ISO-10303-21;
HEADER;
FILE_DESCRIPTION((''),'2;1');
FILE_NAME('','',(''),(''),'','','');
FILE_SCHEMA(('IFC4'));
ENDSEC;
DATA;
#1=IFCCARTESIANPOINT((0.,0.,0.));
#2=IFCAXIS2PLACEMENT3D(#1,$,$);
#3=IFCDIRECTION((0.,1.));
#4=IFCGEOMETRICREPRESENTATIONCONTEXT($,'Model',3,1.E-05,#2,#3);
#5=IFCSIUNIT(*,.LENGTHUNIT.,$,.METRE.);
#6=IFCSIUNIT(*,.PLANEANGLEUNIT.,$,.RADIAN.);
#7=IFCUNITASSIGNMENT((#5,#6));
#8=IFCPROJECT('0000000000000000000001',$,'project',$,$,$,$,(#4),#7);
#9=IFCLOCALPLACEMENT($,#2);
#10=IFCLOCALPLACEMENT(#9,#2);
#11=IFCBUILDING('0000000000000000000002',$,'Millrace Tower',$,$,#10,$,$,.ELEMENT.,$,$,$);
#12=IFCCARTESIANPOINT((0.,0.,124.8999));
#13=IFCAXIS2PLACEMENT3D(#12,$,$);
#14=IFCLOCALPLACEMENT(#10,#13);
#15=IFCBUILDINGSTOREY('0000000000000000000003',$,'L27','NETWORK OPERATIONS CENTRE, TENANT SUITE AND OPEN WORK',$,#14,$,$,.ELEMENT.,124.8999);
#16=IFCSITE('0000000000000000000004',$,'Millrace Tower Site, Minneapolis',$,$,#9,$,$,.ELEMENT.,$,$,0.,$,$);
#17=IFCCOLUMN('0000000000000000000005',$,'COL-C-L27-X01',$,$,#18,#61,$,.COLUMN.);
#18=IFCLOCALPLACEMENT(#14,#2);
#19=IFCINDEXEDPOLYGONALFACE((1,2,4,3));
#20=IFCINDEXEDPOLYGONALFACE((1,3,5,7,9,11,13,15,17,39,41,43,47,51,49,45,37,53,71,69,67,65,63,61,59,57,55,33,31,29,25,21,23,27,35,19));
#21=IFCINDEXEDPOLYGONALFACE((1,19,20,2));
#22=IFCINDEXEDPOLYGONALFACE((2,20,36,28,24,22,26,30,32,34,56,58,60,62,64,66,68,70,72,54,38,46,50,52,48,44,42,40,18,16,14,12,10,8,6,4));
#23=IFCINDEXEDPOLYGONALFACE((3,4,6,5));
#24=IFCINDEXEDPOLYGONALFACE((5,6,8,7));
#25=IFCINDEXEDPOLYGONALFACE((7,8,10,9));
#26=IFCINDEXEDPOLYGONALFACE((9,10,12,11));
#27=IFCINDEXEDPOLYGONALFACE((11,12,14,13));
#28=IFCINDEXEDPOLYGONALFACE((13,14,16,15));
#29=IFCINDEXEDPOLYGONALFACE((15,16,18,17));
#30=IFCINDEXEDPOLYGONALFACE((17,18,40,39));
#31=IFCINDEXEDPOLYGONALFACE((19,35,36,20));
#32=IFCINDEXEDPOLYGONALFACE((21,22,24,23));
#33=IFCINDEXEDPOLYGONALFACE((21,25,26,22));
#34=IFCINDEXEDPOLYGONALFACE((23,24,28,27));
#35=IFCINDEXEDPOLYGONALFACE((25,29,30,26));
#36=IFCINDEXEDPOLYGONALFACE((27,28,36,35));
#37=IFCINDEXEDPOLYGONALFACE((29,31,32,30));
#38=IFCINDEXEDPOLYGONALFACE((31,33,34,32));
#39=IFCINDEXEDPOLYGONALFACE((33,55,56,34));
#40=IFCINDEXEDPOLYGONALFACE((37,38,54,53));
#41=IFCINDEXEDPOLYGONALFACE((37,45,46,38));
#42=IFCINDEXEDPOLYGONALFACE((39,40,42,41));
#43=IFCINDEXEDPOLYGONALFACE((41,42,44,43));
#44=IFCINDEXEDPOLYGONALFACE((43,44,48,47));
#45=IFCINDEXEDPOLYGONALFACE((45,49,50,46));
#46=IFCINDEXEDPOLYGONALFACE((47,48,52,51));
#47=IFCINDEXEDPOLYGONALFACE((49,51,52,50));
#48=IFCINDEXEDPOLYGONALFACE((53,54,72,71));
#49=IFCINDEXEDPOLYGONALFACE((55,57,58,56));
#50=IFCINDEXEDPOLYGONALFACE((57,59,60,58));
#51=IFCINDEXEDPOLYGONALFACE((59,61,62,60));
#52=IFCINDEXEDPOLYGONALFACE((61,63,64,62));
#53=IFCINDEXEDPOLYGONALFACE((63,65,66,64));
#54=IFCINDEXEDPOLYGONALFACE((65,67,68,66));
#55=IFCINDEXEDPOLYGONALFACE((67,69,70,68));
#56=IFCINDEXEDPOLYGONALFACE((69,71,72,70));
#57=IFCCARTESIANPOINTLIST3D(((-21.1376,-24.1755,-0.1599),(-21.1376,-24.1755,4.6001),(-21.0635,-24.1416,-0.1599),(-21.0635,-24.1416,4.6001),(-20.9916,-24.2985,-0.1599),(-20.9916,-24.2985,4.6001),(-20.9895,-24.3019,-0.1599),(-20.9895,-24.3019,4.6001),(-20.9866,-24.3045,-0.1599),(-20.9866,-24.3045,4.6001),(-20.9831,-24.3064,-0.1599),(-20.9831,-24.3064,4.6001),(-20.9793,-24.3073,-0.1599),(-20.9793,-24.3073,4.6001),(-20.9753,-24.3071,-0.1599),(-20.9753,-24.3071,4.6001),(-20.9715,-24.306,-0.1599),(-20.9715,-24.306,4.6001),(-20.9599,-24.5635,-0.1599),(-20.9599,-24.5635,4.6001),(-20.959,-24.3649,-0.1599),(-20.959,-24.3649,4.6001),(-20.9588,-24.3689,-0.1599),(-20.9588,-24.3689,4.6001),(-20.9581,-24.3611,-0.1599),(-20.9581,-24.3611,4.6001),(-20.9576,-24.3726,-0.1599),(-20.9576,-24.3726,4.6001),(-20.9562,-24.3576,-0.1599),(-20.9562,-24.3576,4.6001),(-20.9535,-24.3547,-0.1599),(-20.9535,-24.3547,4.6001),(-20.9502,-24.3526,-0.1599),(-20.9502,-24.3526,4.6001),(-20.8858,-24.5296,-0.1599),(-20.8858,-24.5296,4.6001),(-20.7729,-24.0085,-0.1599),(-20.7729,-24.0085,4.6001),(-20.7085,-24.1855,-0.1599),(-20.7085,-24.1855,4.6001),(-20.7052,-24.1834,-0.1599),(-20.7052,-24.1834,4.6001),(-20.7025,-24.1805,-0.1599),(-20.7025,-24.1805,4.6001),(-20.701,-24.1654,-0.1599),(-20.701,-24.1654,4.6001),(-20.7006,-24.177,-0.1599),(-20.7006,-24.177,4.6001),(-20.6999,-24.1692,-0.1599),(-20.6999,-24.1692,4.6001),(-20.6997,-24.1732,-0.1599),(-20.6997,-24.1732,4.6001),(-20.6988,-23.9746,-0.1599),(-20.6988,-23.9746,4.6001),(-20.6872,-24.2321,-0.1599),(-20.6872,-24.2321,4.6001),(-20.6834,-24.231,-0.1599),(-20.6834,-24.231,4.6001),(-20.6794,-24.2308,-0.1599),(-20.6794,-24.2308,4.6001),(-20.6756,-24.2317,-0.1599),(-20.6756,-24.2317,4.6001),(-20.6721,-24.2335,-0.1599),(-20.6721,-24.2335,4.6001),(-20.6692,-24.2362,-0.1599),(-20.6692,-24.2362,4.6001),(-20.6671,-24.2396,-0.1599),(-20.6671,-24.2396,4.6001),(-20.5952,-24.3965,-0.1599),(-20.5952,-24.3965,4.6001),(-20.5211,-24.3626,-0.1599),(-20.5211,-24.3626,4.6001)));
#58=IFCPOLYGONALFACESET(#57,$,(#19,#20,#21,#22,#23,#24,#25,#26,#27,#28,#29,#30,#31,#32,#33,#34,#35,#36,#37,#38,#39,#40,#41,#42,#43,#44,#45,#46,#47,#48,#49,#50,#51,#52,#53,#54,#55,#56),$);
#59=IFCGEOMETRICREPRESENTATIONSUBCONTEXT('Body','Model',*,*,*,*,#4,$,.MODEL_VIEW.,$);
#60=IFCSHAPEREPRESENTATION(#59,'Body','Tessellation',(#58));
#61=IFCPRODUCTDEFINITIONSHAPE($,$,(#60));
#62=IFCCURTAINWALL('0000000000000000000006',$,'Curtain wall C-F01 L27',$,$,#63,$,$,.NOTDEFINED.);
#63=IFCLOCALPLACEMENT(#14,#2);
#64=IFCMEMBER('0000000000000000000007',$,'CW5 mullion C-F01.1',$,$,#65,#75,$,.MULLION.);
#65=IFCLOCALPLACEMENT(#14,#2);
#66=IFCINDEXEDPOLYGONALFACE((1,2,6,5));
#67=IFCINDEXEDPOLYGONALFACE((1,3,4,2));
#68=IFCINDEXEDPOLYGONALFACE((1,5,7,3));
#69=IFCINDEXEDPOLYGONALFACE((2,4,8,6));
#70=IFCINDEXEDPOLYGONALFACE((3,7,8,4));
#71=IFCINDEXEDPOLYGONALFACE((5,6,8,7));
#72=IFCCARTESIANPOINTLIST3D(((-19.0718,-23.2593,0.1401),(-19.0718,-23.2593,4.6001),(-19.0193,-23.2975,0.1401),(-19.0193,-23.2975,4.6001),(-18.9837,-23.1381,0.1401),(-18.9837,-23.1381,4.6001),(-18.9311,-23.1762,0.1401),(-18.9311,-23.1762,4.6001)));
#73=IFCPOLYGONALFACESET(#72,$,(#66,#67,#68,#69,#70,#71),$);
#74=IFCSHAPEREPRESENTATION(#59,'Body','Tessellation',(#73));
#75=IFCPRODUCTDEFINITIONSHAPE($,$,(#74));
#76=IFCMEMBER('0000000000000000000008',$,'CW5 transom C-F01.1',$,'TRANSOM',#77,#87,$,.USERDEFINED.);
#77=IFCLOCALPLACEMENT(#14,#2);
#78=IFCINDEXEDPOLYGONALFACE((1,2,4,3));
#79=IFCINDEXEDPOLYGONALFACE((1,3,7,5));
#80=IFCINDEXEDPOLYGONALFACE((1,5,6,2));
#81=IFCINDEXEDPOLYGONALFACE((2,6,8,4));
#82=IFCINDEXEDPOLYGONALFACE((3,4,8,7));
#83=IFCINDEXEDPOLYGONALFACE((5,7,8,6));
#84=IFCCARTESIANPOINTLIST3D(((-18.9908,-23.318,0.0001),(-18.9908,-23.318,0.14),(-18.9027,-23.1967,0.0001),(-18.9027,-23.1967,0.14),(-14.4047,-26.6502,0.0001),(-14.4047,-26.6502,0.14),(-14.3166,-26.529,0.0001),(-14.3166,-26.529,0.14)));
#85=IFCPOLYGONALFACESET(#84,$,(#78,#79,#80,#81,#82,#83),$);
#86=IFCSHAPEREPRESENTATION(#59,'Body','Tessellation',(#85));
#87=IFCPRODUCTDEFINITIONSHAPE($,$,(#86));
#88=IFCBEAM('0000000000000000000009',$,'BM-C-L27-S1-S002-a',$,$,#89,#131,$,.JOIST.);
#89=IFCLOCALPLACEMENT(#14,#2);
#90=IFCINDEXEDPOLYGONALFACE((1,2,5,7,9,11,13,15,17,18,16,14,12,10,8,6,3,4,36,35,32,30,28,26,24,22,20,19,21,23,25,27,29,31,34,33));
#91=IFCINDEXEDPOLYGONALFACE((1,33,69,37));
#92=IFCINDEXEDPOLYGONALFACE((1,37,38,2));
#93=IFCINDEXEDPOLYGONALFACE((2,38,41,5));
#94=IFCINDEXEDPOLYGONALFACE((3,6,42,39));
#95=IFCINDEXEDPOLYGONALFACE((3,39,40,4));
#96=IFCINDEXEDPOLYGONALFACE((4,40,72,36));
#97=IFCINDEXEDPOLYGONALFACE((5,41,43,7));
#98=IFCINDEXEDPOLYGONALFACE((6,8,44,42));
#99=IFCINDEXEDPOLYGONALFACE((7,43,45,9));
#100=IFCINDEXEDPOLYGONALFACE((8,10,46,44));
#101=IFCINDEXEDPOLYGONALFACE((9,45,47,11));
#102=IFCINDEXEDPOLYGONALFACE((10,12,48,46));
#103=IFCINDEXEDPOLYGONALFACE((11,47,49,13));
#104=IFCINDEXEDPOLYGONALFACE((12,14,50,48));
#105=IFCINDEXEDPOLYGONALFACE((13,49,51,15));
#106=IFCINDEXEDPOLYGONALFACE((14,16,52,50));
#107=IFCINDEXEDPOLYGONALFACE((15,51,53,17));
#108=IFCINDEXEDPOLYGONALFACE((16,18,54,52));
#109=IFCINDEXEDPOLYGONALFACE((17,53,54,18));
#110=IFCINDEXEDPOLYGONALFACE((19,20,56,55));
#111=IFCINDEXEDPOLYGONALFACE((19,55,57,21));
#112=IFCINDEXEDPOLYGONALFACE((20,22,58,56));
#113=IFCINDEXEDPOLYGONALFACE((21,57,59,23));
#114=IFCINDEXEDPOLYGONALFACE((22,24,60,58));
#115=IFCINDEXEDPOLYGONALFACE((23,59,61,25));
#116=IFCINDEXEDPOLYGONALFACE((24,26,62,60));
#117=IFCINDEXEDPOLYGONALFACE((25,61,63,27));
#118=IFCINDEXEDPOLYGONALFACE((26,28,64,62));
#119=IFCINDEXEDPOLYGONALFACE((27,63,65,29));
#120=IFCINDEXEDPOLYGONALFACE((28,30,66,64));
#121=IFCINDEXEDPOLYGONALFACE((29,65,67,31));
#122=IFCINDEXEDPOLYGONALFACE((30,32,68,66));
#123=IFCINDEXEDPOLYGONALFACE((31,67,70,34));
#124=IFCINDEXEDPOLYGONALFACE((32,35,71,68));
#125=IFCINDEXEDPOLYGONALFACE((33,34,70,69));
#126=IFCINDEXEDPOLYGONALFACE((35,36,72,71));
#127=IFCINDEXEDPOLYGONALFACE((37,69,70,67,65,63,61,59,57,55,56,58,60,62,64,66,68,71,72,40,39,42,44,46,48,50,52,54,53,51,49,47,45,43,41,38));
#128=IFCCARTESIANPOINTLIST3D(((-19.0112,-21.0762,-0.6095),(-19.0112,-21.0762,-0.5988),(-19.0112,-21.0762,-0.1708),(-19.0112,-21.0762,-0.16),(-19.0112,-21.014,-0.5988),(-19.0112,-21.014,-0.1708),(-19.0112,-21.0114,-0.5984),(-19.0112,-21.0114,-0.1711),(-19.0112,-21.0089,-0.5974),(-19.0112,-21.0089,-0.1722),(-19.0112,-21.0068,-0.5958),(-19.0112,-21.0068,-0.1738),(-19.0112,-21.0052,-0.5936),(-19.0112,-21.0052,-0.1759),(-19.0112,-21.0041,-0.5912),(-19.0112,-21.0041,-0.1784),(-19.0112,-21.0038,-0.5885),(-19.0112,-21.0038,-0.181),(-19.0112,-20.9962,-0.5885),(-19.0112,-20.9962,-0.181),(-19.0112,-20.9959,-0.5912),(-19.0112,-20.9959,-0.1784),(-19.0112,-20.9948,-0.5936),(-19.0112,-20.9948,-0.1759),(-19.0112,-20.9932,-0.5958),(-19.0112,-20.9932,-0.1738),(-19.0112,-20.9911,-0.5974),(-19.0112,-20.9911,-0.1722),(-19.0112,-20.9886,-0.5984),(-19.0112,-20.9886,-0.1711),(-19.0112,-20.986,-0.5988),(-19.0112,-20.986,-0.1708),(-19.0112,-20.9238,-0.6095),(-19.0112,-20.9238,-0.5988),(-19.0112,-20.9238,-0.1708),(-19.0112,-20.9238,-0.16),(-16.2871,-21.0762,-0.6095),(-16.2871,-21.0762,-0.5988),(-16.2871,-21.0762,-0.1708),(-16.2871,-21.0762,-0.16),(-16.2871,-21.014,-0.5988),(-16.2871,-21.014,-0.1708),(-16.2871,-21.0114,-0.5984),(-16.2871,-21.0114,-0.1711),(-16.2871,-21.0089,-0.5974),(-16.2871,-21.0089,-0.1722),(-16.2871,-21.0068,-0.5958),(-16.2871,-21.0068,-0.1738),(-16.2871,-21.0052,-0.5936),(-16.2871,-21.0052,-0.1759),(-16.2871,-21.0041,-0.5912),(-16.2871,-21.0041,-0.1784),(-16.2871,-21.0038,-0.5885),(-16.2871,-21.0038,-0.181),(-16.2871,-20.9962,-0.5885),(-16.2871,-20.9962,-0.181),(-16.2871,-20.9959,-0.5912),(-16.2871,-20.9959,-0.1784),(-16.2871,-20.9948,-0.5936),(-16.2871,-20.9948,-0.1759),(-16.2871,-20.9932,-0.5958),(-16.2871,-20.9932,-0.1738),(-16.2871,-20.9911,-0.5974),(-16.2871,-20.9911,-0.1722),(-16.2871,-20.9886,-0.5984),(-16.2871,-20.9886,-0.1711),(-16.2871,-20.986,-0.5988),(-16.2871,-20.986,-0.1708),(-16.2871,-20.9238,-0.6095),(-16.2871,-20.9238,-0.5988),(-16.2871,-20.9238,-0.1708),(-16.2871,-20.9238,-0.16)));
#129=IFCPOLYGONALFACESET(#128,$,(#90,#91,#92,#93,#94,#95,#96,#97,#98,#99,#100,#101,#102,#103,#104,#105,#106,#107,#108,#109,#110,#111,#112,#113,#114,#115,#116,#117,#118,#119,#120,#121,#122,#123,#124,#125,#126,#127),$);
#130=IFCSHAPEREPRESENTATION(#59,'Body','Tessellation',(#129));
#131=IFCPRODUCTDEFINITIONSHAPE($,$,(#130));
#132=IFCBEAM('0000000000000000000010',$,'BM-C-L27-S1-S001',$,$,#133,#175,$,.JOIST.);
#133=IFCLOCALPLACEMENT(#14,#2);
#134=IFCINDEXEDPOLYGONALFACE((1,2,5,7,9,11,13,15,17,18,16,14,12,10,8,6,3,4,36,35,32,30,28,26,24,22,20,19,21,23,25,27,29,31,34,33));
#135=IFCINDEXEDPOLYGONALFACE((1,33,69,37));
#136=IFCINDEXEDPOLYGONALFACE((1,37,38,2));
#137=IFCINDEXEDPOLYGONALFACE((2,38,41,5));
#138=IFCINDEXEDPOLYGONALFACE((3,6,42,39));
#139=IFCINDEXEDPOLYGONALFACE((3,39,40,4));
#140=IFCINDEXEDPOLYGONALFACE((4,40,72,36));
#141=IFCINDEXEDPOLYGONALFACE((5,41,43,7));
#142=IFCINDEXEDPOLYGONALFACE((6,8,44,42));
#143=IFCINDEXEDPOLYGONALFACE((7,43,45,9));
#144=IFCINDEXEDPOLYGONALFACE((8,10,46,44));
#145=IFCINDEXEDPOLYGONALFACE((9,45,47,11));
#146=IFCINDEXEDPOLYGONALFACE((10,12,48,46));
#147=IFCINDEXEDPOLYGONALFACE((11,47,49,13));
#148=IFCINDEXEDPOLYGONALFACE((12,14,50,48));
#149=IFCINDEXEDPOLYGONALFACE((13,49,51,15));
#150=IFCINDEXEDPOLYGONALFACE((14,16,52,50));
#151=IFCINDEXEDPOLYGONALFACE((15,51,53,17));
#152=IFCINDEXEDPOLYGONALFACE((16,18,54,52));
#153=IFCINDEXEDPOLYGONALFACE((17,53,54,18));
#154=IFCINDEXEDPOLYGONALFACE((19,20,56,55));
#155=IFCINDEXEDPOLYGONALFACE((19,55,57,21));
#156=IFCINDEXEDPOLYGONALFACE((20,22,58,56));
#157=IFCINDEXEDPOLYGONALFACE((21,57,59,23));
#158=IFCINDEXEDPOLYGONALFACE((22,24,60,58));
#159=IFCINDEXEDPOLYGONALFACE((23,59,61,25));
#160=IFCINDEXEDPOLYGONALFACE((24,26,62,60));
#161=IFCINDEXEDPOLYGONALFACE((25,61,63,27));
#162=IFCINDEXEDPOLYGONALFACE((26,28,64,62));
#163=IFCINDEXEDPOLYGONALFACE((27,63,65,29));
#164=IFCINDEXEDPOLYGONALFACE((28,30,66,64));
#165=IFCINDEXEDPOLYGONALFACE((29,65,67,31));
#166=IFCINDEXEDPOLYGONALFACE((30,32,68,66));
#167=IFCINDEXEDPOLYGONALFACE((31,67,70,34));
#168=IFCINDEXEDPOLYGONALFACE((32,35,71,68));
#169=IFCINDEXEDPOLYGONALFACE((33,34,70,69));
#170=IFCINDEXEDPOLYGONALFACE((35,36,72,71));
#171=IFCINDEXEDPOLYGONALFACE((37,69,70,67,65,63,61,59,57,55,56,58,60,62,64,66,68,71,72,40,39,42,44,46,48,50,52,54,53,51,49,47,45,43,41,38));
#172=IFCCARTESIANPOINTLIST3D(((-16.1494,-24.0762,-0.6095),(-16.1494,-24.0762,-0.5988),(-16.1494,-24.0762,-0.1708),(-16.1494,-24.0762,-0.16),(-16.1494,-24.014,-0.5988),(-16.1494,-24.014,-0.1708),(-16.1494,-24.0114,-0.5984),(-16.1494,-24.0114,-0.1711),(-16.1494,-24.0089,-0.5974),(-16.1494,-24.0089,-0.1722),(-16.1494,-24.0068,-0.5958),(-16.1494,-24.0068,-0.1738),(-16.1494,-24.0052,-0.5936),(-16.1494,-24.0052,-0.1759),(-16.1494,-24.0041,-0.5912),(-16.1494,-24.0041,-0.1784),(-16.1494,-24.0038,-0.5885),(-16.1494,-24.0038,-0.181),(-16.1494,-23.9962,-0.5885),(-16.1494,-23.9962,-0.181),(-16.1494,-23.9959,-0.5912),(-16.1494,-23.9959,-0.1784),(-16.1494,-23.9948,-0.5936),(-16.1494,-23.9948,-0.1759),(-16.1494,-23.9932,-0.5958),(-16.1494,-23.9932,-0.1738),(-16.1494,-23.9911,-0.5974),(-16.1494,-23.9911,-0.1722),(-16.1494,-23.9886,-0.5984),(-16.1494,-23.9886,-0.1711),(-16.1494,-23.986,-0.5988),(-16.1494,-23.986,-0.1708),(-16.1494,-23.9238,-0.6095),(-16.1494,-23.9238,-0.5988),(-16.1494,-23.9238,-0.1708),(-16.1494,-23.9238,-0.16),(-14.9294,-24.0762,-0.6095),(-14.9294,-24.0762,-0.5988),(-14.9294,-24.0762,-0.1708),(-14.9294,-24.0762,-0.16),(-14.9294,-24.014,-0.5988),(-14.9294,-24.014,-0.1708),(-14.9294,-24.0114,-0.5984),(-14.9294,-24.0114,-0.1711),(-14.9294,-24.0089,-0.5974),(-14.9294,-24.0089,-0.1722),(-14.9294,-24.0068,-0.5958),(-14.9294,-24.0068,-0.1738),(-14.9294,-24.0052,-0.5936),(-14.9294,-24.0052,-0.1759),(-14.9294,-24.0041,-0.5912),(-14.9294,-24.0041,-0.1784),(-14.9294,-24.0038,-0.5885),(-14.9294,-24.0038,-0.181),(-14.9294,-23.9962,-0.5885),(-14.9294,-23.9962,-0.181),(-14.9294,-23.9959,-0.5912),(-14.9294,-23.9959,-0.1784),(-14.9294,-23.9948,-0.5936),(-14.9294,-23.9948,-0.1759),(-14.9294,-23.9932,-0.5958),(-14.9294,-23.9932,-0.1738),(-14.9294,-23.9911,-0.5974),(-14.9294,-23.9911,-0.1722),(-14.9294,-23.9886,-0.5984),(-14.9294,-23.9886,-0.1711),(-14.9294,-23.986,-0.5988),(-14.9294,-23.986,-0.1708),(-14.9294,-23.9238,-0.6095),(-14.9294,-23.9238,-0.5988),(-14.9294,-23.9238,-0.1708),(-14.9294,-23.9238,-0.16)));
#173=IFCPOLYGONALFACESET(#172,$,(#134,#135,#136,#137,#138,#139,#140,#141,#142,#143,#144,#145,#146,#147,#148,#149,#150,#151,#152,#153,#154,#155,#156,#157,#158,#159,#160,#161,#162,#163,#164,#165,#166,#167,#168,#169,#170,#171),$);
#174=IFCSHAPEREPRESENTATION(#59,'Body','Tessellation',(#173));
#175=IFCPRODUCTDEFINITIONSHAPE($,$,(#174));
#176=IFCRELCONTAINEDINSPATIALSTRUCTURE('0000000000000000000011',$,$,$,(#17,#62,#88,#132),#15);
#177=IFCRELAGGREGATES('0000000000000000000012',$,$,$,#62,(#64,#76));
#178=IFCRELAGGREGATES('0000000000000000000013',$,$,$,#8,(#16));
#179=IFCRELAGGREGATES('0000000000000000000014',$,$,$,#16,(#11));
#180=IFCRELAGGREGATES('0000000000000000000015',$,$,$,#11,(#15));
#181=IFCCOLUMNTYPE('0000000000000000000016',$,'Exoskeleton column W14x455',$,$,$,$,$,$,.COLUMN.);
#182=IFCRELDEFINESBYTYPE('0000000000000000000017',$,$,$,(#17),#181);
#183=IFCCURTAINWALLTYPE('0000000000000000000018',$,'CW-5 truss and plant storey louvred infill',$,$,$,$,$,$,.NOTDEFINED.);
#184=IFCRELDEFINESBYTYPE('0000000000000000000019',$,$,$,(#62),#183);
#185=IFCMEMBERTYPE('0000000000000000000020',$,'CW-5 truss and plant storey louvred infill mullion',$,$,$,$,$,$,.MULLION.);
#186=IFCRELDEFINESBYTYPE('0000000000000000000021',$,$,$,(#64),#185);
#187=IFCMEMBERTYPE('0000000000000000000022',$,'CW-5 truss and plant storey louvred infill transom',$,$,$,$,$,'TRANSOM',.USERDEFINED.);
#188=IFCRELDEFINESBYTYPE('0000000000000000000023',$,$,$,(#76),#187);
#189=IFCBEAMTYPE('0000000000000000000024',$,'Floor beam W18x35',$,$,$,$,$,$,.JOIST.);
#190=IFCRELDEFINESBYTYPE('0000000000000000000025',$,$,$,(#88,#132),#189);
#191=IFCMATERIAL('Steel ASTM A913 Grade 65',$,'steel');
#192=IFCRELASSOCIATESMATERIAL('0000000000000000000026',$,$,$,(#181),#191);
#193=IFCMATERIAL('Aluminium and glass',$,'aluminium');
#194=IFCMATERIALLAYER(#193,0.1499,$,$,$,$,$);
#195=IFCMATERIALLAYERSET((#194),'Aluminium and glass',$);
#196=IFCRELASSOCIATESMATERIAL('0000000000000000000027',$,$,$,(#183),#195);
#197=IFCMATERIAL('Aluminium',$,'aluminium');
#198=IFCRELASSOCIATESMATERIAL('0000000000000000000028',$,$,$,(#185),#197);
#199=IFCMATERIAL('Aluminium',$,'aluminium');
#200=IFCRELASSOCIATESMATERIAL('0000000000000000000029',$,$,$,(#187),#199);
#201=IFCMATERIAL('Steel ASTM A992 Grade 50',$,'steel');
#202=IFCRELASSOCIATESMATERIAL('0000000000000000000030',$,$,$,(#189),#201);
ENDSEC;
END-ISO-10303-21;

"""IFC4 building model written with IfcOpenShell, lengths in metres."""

from ifc_helpers import new_model, si_unit, direction, frame, origin, origin_2d, place, context, subcontext, project, spatial, rectangle, i_section, extrude, material, layer, layer_set, material_profile, profile_set, type_object, element, aggregate, save


model = new_model("IFC4")

# Units and contexts
model_context = context("Model", 3, precision=1e-05, world=origin(), true_north=direction((0.0, 1.0)))
body_context = subcontext(model_context, "Body", "Model", "MODEL_VIEW")
ifc_project = project(units=[si_unit("LENGTHUNIT", "METRE"), si_unit("PLANEANGLEUNIT", "RADIAN")], contexts=[model_context])

# Site, building, storey
site_placement = place(None, origin())
site = spatial("IfcSite", under=ifc_project, at=site_placement, Name="Millrace Tower Site, Minneapolis", CompositionType="ELEMENT", RefElevation=0.0)
building_placement = place(site_placement, origin())
building = spatial("IfcBuilding", under=site, at=building_placement, Name="Millrace Tower", CompositionType="ELEMENT")
storey_placement = place(building_placement, frame((0.0, 0.0, 124.8999)))
storey = spatial("IfcBuildingStorey", under=building, at=storey_placement, Name="L27", Description="NETWORK OPERATIONS CENTRE, TENANT SUITE AND OPEN WORK", CompositionType="ELEMENT", Elevation=124.8999)

# Column
ifc_material_1 = material(Name="Steel ASTM A913 Grade 65", Category="steel")
ifc_material_profile_1 = material_profile(ifc_material_1, i_section(OverallWidth=0.4268, OverallDepth=0.4827, WebThickness=0.0513, FlangeThickness=0.0815, FilletRadius=0.0151, at=origin_2d()))
ifc_profile_set_1 = profile_set([ifc_material_profile_1], Name="Steel ASTM A913 Grade 65")
column_type = type_object("IfcColumnType", Name="Exoskeleton column W14x455", PredefinedType="COLUMN", material=ifc_profile_set_1)
column_placement = place(storey_placement, frame((-20.8293, -24.269, -0.1599), z_axis=(0.0, 0.0, 1.0), x_axis=(0.416401, -0.909181, 0.0)))
element("IfcColumn", 1, at=column_placement, inside=storey, type_object=column_type, Name="COL-C-L27-X01", PredefinedType="COLUMN", context=body_context, shape_type="SweptSolid", body=[
    extrude(i_section(OverallWidth=0.4268, OverallDepth=0.4827, WebThickness=0.0513, FlangeThickness=0.0815, FilletRadius=0.0151, at=origin_2d()), origin(), (0.0, 0.0, 1.0), 4.76),
])

# Curtain wall, members
ifc_material_2 = material(Name="Aluminium and glass", Category="aluminium")
ifc_layer_1 = layer(ifc_material_2, 0.1499)
ifc_layer_set_1 = layer_set([ifc_layer_1], Name="Aluminium and glass")
curtain_wall_type = type_object("IfcCurtainWallType", Name="CW-5 truss and plant storey louvred infill", PredefinedType="NOTDEFINED", material=ifc_layer_set_1)
curtain_wall_placement = place(storey_placement, origin())
curtain_wall = element("IfcCurtainWall", 2, at=curtain_wall_placement, inside=storey, type_object=curtain_wall_type, Name="Curtain wall C-F01 L27", PredefinedType="NOTDEFINED")
ifc_material_3 = material(Name="Aluminium", Category="aluminium")
ifc_material_profile_2 = material_profile(ifc_material_3, rectangle(XDim=0.0649, YDim=0.1499, at=origin_2d()))
ifc_profile_set_2 = profile_set([ifc_material_profile_2], Name="Aluminium")
member_type_1 = type_object("IfcMemberType", Name="CW-5 truss and plant storey louvred infill mullion", PredefinedType="MULLION", material=ifc_profile_set_2)
member_1_placement = place(storey_placement, frame((-19.0015, -23.2178, 0.1401), z_axis=(0.0, 0.0, 1.0), x_axis=(0.809017, -0.587785, 0.0)))
member_1 = element("IfcMember", 3, at=member_1_placement, type_object=member_type_1, Name="CW5 mullion C-F01.1", PredefinedType="MULLION", context=body_context, shape_type="SweptSolid", body=[
    extrude(rectangle(XDim=0.0649, YDim=0.1499, at=origin_2d()), origin(), (0.0, 0.0, 1.0), 4.46),
])
ifc_material_4 = material(Name="Aluminium", Category="aluminium")
ifc_material_profile_3 = material_profile(ifc_material_4, rectangle(XDim=0.1499, YDim=0.1399, at=origin_2d()))
ifc_profile_set_3 = profile_set([ifc_material_profile_3], Name="Aluminium")
member_type_2 = type_object("IfcMemberType", Name="CW-5 truss and plant storey louvred infill transom", ElementType="TRANSOM", PredefinedType="USERDEFINED", material=ifc_profile_set_3)
member_2_placement = place(storey_placement, frame((-18.9468, -23.2573, 0.0701), z_axis=(0.808999, -0.587811, 0.0), x_axis=(0.587811, 0.808999, 0.0)))
member_2 = element("IfcMember", 4, at=member_2_placement, type_object=member_type_2, Name="CW5 transom C-F01.1", ObjectType="TRANSOM", PredefinedType="USERDEFINED", context=body_context, shape_type="SweptSolid", body=[
    extrude(rectangle(XDim=0.1499, YDim=0.1399, at=origin_2d()), origin(), (0.0, 0.0, 1.0), 5.6689),
])
aggregate(curtain_wall, [member_1, member_2])

# Beams
ifc_material_5 = material(Name="Steel ASTM A992 Grade 50", Category="steel")
ifc_material_profile_4 = material_profile(ifc_material_5, i_section(OverallWidth=0.1523, OverallDepth=0.4495, WebThickness=0.0076, FlangeThickness=0.0107, FilletRadius=0.0103, at=origin_2d()))
ifc_profile_set_4 = profile_set([ifc_material_profile_4], Name="Steel ASTM A992 Grade 50")
beam_type_1 = type_object("IfcBeamType", Name="Floor beam W18x35", PredefinedType="JOIST", material=ifc_profile_set_4)
beam_1_placement = place(storey_placement, frame((-19.0112, -21.0, -0.3848), z_axis=(1.0, 0.0, 0.0), x_axis=(0.0, 1.0, 0.0)))
element("IfcBeam", 5, at=beam_1_placement, inside=storey, type_object=beam_type_1, Name="BM-C-L27-S1-S002-a", PredefinedType="JOIST", context=body_context, shape_type="SweptSolid", body=[
    extrude(i_section(OverallWidth=0.1523, OverallDepth=0.4495, WebThickness=0.0076, FlangeThickness=0.0107, FilletRadius=0.0103, at=origin_2d()), origin(), (0.0, 0.0, 1.0), 2.7241),
])
beam_2_placement = place(storey_placement, frame((-16.1494, -24.0, -0.3848), z_axis=(1.0, 0.0, 0.0), x_axis=(0.0, 1.0, 0.0)))
element("IfcBeam", 6, at=beam_2_placement, inside=storey, type_object=beam_type_1, Name="BM-C-L27-S1-S001", PredefinedType="JOIST", context=body_context, shape_type="SweptSolid", body=[
    extrude(i_section(OverallWidth=0.1523, OverallDepth=0.4495, WebThickness=0.0076, FlangeThickness=0.0107, FilletRadius=0.0103, at=origin_2d()), origin(), (0.0, 0.0, 1.0), 1.22),
])

save(model, "model.ifc")
